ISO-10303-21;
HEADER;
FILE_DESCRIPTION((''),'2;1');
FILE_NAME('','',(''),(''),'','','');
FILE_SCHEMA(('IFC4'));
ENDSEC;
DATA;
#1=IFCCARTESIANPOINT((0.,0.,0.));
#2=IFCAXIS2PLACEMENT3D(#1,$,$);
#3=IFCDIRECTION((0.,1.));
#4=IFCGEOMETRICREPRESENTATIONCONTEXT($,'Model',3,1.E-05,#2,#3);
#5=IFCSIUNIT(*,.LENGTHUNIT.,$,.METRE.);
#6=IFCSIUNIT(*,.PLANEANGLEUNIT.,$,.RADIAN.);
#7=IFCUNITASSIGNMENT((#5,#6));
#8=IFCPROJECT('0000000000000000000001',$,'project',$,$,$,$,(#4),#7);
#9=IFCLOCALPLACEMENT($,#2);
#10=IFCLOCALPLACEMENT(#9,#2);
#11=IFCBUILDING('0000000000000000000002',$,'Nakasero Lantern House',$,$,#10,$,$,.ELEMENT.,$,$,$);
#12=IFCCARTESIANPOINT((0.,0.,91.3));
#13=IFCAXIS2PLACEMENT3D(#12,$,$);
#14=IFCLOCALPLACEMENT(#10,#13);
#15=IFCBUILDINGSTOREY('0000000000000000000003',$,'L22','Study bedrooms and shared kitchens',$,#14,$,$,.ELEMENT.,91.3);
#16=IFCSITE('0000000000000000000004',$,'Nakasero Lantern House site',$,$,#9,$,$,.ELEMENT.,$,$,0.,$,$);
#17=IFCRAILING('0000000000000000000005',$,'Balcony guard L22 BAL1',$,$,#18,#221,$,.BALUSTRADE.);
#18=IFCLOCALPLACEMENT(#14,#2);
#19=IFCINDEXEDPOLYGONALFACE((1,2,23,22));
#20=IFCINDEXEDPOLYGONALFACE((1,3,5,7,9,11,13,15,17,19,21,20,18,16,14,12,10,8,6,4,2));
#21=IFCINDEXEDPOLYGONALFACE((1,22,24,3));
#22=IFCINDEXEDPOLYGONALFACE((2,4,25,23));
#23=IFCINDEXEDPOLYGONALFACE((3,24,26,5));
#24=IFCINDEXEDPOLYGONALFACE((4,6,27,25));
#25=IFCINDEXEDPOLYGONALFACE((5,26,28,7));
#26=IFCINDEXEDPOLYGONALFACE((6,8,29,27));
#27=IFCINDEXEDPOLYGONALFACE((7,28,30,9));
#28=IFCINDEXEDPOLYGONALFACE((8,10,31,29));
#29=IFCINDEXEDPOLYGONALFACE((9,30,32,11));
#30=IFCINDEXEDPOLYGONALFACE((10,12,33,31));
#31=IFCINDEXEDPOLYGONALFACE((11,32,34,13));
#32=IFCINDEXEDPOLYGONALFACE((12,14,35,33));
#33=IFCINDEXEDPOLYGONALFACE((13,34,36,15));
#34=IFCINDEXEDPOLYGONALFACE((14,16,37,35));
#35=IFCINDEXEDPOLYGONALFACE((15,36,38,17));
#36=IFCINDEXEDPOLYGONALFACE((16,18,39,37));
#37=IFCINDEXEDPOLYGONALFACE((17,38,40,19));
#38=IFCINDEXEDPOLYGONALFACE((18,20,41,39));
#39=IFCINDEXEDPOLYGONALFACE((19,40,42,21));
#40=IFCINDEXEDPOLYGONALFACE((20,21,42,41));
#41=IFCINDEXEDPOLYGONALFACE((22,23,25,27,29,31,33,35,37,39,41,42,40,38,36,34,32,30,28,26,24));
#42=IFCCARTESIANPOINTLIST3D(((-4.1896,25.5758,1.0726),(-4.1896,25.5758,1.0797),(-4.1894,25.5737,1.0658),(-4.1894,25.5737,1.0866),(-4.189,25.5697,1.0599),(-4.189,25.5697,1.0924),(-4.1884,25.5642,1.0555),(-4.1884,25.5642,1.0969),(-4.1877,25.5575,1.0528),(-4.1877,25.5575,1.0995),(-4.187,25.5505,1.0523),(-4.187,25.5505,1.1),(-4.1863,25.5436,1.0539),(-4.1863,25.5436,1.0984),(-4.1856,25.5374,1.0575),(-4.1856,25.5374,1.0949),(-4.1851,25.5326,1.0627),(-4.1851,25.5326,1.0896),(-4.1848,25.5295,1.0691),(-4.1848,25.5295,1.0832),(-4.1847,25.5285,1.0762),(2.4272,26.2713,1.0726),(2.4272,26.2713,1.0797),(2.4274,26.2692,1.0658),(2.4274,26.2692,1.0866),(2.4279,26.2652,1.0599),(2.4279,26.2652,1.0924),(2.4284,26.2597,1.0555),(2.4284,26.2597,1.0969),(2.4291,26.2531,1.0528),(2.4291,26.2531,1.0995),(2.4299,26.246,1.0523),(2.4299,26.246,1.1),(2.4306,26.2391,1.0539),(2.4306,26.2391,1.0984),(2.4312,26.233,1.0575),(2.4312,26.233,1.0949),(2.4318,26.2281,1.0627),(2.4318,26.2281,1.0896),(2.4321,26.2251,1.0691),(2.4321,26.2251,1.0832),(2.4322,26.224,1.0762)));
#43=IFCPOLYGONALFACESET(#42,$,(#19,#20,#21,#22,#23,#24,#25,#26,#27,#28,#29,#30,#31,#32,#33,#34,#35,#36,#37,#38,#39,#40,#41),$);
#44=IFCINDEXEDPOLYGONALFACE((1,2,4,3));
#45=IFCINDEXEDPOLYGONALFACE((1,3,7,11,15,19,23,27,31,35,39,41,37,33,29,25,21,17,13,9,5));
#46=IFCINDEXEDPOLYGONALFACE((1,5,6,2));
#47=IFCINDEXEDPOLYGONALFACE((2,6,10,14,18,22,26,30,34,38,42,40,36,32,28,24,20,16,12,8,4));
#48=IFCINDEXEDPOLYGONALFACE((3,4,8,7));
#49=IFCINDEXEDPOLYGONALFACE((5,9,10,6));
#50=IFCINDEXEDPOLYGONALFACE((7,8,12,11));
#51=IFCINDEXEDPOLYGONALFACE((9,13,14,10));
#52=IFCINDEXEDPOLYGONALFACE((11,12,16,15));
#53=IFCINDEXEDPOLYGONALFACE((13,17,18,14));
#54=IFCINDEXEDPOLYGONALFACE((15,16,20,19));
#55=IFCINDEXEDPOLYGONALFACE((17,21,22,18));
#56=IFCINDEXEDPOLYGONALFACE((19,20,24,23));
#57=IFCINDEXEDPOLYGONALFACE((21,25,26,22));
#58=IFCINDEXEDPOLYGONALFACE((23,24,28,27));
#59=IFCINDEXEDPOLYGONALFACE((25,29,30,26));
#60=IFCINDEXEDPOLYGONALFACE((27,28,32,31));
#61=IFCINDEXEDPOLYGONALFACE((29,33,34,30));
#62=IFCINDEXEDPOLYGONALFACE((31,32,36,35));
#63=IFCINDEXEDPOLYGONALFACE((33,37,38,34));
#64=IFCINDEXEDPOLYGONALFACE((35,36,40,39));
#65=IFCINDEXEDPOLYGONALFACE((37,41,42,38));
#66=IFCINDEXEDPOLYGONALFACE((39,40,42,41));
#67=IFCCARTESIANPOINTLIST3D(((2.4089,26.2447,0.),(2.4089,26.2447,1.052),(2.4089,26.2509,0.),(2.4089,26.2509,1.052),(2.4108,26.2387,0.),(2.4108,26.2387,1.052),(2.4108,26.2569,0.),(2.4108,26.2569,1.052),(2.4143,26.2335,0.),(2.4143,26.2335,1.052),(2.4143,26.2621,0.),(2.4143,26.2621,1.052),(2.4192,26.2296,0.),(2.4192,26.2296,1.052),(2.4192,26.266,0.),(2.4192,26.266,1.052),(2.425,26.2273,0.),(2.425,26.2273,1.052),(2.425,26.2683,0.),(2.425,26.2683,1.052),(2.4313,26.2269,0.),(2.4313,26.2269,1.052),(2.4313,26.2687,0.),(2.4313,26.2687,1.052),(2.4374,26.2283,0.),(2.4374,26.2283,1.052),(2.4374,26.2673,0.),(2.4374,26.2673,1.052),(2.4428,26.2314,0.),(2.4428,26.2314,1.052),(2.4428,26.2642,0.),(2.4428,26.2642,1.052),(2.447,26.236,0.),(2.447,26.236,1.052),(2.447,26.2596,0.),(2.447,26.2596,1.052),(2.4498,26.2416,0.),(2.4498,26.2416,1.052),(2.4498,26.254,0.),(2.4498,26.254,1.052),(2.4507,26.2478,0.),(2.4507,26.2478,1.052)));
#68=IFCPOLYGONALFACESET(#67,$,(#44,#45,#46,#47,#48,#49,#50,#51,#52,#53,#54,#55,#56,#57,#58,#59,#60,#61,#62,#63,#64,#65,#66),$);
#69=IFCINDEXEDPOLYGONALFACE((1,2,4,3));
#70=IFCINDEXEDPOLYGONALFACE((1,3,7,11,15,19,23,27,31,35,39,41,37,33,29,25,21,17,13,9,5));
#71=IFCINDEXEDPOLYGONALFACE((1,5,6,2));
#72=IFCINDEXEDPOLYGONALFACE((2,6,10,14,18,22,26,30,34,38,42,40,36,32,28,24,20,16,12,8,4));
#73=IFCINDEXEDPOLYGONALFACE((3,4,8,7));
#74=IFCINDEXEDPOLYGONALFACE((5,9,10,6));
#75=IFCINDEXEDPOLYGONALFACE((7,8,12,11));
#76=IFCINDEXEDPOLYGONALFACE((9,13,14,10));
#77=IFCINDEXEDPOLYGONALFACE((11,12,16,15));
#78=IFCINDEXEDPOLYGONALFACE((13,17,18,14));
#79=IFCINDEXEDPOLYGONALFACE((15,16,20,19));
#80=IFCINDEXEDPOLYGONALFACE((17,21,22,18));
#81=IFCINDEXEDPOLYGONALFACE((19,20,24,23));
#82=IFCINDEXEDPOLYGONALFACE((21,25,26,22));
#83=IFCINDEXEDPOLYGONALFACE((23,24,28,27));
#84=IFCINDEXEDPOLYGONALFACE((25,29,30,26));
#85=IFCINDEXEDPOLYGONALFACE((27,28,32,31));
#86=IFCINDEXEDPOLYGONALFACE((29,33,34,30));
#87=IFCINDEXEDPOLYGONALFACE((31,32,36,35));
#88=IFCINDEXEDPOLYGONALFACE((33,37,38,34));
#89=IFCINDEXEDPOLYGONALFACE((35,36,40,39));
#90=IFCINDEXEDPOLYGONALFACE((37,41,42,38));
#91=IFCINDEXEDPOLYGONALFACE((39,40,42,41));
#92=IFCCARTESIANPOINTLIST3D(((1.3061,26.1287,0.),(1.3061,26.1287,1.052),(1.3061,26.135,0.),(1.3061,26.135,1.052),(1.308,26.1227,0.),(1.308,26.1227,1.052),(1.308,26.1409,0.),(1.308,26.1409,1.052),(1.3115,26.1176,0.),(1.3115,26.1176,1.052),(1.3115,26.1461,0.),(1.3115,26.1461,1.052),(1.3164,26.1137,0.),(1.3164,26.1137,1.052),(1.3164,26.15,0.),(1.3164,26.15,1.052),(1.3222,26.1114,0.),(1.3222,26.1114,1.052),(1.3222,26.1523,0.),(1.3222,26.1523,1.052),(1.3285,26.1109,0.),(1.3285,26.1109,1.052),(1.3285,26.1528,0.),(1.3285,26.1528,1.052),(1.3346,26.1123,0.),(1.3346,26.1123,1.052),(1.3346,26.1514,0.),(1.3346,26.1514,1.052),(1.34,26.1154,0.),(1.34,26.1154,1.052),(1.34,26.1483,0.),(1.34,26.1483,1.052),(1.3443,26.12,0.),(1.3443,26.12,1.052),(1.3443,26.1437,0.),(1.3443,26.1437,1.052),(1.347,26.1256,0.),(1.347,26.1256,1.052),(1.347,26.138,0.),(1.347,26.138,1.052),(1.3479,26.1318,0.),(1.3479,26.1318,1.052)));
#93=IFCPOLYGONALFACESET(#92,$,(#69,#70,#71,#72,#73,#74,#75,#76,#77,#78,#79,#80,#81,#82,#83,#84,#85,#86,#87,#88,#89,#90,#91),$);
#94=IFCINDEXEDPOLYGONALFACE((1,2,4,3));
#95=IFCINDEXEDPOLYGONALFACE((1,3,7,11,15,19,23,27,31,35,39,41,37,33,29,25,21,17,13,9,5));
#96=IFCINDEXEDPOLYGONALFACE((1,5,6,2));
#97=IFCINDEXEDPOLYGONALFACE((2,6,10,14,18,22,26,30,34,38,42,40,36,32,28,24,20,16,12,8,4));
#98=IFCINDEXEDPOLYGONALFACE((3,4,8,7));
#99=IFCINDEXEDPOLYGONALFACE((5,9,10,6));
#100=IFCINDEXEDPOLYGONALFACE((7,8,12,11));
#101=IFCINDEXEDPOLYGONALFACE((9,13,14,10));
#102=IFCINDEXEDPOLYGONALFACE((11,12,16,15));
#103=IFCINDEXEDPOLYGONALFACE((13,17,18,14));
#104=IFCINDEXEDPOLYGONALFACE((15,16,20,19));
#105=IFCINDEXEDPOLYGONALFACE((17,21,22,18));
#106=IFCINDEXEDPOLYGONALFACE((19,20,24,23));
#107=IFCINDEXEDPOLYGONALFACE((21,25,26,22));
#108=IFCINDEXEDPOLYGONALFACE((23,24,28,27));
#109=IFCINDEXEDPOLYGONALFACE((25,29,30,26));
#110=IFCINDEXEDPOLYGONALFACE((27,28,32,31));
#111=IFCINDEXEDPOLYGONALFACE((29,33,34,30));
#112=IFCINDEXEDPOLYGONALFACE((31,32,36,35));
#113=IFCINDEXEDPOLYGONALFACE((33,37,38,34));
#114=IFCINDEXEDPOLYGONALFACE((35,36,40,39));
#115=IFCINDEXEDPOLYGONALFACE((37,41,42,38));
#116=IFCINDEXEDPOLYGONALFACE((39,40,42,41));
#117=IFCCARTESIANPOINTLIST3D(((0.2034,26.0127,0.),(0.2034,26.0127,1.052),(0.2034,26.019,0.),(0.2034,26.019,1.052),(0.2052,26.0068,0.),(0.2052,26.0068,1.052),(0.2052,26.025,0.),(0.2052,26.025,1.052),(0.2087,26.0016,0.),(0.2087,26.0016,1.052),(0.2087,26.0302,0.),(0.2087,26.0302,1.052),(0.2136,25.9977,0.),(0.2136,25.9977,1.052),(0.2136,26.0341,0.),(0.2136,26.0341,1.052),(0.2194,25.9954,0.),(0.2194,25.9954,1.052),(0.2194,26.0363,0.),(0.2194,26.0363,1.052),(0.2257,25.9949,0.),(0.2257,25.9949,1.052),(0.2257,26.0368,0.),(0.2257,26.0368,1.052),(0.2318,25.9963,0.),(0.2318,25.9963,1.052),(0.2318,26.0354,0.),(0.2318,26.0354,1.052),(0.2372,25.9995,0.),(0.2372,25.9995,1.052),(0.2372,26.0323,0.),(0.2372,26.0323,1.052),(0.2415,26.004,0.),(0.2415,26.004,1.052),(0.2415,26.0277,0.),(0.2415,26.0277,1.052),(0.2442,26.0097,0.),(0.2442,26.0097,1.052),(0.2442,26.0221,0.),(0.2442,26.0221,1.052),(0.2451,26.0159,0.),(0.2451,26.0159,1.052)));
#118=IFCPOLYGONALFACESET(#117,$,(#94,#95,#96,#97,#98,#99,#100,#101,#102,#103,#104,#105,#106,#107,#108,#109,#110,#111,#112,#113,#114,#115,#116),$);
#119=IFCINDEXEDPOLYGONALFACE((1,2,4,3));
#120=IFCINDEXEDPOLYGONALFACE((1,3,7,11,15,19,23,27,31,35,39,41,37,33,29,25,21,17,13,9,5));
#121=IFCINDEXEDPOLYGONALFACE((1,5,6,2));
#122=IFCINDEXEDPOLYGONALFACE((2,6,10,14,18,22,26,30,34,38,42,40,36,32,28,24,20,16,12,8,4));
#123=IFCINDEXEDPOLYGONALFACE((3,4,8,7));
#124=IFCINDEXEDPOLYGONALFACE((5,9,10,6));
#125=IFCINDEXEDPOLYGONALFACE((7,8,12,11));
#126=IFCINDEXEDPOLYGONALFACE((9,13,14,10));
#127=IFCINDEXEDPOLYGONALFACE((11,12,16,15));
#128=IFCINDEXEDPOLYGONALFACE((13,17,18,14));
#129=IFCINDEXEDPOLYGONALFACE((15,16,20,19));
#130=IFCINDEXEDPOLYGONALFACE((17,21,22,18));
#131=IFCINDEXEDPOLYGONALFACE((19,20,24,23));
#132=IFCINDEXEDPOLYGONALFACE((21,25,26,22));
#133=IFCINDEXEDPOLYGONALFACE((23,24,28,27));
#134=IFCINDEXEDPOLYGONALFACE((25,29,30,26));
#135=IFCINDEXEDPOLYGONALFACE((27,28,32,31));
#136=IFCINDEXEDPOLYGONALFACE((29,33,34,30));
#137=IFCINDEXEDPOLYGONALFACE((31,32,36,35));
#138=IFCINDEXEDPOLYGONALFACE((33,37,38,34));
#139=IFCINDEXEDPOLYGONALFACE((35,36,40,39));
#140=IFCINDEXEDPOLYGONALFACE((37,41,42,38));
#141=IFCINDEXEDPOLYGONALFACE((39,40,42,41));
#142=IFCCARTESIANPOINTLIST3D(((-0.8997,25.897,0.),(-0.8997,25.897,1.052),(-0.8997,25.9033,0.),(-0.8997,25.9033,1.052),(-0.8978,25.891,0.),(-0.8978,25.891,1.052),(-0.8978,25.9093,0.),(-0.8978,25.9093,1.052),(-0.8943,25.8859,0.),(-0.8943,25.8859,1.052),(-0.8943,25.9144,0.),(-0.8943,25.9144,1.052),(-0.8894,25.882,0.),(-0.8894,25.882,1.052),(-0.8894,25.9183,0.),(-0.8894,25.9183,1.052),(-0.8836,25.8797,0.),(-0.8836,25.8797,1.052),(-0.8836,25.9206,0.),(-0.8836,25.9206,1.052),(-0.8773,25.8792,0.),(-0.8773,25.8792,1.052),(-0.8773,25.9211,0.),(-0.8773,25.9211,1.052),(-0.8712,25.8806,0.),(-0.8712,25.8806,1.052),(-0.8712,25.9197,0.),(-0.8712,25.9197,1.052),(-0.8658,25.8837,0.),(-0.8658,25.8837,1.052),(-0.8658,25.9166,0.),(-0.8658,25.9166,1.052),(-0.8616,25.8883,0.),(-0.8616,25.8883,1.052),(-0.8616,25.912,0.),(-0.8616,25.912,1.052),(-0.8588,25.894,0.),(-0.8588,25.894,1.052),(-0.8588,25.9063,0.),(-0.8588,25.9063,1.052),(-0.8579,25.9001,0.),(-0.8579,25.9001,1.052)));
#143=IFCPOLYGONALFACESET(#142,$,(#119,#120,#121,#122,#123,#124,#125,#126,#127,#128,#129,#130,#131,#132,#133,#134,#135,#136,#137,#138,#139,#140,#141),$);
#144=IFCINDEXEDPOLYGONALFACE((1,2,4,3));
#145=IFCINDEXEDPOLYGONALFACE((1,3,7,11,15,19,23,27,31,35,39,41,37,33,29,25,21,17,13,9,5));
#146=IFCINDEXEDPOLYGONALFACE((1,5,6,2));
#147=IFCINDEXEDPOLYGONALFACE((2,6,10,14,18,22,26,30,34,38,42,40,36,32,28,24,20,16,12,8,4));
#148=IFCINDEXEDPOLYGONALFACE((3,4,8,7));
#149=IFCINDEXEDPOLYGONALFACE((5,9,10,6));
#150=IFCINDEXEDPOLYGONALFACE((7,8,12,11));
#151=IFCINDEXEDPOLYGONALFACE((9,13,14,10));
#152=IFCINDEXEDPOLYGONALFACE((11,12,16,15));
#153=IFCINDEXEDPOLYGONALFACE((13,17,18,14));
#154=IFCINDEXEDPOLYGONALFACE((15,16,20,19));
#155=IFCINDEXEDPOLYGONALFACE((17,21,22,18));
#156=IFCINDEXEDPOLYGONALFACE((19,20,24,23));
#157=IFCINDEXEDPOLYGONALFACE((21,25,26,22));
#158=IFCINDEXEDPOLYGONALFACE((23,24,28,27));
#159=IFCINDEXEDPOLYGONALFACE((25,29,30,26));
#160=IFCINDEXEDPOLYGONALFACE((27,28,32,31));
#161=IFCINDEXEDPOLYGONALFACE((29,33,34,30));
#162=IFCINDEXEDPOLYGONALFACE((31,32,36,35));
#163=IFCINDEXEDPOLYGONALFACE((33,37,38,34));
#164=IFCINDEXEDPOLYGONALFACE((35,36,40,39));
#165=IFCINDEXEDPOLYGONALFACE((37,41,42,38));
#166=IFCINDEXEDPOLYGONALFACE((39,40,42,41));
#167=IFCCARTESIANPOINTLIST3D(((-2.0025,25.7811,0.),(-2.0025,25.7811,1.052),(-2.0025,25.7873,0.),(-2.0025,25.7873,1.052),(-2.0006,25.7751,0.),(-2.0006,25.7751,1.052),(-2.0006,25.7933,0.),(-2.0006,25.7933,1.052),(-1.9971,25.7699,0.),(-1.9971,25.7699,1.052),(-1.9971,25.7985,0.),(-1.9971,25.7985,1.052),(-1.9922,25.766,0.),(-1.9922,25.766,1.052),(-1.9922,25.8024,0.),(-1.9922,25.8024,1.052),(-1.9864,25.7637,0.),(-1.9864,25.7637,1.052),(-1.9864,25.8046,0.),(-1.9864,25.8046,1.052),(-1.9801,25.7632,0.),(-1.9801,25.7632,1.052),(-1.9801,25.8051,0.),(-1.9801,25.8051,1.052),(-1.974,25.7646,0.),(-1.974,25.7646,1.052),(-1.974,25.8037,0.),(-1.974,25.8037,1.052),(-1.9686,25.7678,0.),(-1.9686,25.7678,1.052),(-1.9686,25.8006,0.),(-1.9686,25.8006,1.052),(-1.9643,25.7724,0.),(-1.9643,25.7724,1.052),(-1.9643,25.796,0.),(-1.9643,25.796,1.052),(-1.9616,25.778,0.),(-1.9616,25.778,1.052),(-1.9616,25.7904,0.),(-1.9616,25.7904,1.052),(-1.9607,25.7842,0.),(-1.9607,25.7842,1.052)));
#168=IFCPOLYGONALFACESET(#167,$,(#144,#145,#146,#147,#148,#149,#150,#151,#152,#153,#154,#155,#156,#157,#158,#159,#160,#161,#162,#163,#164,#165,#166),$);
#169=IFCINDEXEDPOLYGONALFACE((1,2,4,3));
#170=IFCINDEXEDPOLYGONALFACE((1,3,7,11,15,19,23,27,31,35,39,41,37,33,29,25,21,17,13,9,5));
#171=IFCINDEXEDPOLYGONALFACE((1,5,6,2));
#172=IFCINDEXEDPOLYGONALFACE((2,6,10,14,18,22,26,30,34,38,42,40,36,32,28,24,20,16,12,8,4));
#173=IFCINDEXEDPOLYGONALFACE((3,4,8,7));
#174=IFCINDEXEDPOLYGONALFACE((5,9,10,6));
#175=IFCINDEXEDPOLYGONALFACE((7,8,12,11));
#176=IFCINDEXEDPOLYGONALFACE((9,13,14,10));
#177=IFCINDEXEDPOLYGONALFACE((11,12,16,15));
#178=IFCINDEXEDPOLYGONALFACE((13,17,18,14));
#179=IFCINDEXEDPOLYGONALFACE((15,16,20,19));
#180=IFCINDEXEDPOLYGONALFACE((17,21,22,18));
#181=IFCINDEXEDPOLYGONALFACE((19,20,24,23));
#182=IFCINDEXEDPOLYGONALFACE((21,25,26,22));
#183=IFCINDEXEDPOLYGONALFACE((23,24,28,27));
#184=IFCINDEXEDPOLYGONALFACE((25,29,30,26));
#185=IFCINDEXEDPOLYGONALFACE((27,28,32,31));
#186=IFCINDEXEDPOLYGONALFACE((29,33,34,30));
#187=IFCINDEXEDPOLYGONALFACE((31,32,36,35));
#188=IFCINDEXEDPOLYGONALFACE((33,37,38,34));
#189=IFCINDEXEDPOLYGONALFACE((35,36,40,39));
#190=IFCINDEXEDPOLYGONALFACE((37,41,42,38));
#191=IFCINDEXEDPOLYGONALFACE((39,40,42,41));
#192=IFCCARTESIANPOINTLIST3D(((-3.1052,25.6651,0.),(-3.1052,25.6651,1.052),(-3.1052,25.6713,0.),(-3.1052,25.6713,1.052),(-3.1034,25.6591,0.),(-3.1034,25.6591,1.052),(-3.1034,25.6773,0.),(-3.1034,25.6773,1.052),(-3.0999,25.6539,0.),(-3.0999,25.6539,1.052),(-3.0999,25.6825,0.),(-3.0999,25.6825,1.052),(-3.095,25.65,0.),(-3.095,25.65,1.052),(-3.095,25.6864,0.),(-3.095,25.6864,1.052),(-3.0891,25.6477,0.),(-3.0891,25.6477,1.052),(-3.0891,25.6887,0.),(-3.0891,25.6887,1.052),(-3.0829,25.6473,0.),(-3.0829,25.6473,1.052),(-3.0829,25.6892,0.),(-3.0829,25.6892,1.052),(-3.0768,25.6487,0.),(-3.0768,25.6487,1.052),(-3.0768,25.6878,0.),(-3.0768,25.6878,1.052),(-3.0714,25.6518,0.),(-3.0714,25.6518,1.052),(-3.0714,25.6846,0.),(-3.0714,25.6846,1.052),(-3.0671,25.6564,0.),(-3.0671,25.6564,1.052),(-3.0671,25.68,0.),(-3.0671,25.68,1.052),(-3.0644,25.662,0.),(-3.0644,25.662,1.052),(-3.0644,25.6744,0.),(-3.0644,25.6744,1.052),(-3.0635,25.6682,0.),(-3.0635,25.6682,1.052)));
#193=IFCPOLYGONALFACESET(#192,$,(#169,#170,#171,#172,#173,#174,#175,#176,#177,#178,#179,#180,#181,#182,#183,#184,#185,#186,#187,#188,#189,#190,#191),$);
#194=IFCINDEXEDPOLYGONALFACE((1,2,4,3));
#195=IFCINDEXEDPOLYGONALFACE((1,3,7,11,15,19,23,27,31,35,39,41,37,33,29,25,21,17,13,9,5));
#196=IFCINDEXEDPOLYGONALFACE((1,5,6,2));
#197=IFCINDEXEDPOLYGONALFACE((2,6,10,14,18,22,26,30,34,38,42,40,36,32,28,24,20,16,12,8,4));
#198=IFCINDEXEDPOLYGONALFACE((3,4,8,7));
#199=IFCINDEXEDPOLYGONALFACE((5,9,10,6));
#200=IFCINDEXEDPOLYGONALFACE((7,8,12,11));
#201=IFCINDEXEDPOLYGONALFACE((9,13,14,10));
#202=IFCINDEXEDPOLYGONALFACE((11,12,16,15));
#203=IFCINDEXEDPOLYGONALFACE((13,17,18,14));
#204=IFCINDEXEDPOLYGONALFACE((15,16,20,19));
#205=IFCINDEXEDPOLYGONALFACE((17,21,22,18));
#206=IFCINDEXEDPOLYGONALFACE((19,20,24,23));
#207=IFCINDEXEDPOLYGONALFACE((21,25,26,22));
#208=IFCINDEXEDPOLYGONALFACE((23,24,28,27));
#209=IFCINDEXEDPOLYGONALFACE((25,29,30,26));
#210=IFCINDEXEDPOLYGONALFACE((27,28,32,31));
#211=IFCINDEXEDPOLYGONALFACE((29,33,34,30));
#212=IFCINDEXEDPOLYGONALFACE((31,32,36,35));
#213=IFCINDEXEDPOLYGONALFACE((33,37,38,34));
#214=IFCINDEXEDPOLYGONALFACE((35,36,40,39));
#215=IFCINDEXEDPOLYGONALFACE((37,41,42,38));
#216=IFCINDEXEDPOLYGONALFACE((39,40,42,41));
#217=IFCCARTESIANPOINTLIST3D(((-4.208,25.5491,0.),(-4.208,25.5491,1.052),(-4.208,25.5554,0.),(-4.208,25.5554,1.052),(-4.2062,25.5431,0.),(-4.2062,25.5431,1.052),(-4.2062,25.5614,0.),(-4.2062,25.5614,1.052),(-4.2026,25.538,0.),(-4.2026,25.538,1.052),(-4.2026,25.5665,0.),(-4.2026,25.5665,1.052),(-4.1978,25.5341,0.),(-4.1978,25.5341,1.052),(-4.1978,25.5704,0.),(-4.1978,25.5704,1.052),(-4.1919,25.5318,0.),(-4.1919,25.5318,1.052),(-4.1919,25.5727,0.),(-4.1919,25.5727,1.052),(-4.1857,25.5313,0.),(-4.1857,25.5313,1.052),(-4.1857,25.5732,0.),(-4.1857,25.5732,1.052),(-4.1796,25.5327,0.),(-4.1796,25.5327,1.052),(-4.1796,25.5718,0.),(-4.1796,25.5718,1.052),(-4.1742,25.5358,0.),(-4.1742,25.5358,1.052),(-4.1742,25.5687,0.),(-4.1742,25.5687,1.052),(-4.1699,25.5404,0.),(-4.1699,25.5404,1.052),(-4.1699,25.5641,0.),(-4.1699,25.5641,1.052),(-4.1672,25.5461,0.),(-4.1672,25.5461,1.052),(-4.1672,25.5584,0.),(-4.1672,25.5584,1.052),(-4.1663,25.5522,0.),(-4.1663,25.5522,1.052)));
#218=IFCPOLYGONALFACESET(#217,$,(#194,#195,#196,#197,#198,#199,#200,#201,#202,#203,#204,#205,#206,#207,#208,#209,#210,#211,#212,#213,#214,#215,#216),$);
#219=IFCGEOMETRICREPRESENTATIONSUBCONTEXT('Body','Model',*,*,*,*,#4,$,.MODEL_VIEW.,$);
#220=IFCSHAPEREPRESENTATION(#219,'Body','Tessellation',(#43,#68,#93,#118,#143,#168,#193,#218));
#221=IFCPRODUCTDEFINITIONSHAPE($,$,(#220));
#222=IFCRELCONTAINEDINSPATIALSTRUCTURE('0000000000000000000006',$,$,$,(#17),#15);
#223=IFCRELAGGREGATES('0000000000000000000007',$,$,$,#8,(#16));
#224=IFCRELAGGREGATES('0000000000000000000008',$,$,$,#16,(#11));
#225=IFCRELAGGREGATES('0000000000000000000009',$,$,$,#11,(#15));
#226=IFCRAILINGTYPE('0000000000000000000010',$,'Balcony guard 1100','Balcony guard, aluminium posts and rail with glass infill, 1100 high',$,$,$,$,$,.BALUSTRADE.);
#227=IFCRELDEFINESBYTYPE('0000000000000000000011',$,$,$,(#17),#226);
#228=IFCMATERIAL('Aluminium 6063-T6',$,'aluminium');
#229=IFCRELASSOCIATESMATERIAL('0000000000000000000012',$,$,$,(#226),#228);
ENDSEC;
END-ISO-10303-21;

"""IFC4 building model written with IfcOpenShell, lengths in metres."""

from ifc_helpers import new_model, si_unit, direction, frame, origin, origin_2d, place, context, subcontext, project, spatial, circle, extrude, material, type_object, element, save


model = new_model("IFC4")

# Units and contexts
model_context = context("Model", 3, precision=1e-05, world=origin(), true_north=direction((0.0, 1.0)))
body_context = subcontext(model_context, "Body", "Model", "MODEL_VIEW")
ifc_project = project(units=[si_unit("LENGTHUNIT", "METRE"), si_unit("PLANEANGLEUNIT", "RADIAN")], contexts=[model_context])

# Site, building, storey
site_placement = place(None, origin())
site = spatial("IfcSite", under=ifc_project, at=site_placement, Name="Nakasero Lantern House site", CompositionType="ELEMENT", RefElevation=0.0)
building_placement = place(site_placement, origin())
building = spatial("IfcBuilding", under=site, at=building_placement, Name="Nakasero Lantern House", CompositionType="ELEMENT")
storey_placement = place(building_placement, frame((0.0, 0.0, 91.3)))
storey = spatial("IfcBuildingStorey", under=building, at=storey_placement, Name="L22", Description="Study bedrooms and shared kitchens", CompositionType="ELEMENT", Elevation=91.3)

# Railing
ifc_material_1 = material(Name="Aluminium 6063-T6", Category="aluminium")
railing_type = type_object("IfcRailingType", Name="Balcony guard 1100", Description="Balcony guard, aluminium posts and rail with glass infill, 1100 high", PredefinedType="BALUSTRADE", material=ifc_material_1)
railing_placement = place(storey_placement, frame((2.4297, 26.2478, 0.0)))
element("IfcRailing", 1, at=railing_placement, inside=storey, type_object=railing_type, Name="Balcony guard L22 BAL1", PredefinedType="BALUSTRADE", context=body_context, shape_type="SweptSolid", body=[
    extrude(circle(Radius=0.0239, at=origin_2d()), frame((0.0, 0.0, 1.0762), z_axis=(-0.994521, -0.104542, 0.0), x_axis=(0.104542, -0.994521, 0.0)), (0.0, 0.0, 1.0), 6.6533),
    extrude(circle(Radius=0.021, at=origin_2d()), origin(), (0.0, 0.0, 1.0), 1.052),
    extrude(circle(Radius=0.021, at=origin_2d()), frame((-1.1028, -0.116, 0.0)), (0.0, 0.0, 1.0), 1.052),
    extrude(circle(Radius=0.021, at=origin_2d()), frame((-2.2056, -0.2319, 0.0)), (0.0, 0.0, 1.0), 1.052),
    extrude(circle(Radius=0.021, at=origin_2d()), frame((-3.3086, -0.3477, 0.0)), (0.0, 0.0, 1.0), 1.052),
    extrude(circle(Radius=0.021, at=origin_2d()), frame((-4.4114, -0.4636, 0.0)), (0.0, 0.0, 1.0), 1.052),
    extrude(circle(Radius=0.021, at=origin_2d()), frame((-5.5142, -0.5796, 0.0)), (0.0, 0.0, 1.0), 1.052),
    extrude(circle(Radius=0.021, at=origin_2d()), frame((-6.6169, -0.6956, 0.0)), (0.0, 0.0, 1.0), 1.052),
])

save(model, "model.ifc")
